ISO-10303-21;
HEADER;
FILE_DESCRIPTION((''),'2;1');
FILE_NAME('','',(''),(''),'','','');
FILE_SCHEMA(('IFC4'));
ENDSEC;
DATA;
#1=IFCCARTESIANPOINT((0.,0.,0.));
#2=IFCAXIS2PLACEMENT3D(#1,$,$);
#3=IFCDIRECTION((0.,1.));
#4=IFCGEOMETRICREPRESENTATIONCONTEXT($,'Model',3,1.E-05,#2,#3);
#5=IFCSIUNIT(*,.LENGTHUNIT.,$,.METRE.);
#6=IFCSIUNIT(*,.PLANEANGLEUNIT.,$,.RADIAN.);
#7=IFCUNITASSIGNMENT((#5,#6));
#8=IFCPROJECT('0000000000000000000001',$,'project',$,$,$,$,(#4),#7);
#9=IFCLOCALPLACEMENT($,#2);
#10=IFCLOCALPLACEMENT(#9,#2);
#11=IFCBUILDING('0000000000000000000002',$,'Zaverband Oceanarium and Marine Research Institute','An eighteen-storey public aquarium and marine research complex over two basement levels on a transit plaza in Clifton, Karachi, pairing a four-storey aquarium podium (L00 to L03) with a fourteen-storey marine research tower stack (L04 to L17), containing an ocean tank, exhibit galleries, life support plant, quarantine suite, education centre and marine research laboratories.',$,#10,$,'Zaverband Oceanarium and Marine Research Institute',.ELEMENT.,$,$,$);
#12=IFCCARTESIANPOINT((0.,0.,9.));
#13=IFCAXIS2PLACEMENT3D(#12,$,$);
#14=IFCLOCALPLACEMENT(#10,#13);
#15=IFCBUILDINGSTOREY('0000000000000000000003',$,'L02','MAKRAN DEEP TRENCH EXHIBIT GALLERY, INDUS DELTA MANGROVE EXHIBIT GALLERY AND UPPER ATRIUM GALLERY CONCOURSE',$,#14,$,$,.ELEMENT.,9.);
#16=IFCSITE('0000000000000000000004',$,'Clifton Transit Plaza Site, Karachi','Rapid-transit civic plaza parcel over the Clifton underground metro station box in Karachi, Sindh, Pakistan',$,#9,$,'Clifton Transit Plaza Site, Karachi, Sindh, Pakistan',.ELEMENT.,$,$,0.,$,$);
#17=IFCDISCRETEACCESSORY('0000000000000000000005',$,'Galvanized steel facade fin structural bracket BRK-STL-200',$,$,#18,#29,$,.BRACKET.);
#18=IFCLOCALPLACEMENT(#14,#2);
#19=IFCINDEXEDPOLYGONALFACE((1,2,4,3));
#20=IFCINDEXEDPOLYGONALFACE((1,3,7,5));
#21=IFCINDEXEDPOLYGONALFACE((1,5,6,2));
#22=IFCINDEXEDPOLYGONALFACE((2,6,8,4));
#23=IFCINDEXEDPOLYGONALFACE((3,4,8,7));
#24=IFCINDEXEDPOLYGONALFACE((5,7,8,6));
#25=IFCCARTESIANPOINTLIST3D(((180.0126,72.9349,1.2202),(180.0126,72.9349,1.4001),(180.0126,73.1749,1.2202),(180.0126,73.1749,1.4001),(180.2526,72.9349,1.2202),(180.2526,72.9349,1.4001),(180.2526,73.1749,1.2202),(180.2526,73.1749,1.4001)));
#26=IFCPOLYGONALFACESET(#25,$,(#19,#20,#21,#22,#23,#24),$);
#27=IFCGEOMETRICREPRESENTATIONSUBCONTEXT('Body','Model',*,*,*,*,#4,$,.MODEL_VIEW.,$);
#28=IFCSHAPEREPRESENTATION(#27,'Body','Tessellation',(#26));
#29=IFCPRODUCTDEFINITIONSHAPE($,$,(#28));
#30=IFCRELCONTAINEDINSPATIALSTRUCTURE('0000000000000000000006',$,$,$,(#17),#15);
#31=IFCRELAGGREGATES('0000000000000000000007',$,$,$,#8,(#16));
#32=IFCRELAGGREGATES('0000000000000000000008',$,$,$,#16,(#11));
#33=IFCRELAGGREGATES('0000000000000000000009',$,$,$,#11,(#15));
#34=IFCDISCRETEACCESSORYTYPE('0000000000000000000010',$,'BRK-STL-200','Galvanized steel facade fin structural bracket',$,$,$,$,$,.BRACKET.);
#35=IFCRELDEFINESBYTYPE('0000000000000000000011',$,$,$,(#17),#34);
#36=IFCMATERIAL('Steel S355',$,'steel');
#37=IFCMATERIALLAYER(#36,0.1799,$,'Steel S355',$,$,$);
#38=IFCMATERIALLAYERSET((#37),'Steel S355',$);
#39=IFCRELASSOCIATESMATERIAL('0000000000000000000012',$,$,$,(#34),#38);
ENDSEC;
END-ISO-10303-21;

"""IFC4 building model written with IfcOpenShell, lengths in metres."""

from ifc_helpers import new_model, si_unit, direction, frame, origin, origin_2d, place, context, subcontext, project, spatial, rectangle, extrude, material, layer, layer_set, type_object, element, save


model = new_model("IFC4")

# Units and contexts
model_context = context("Model", 3, precision=1e-05, world=origin(), true_north=direction((0.0, 1.0)))
body_context = subcontext(model_context, "Body", "Model", "MODEL_VIEW")
ifc_project = project(units=[si_unit("LENGTHUNIT", "METRE"), si_unit("PLANEANGLEUNIT", "RADIAN")], contexts=[model_context])

# Site, building, storey
site_placement = place(None, origin())
site = spatial("IfcSite", under=ifc_project, at=site_placement, Name="Clifton Transit Plaza Site, Karachi", Description="Rapid-transit civic plaza parcel over the Clifton underground metro station box in Karachi, Sindh, Pakistan", LongName="Clifton Transit Plaza Site, Karachi, Sindh, Pakistan", CompositionType="ELEMENT", RefElevation=0.0)
building_placement = place(site_placement, origin())
building = spatial("IfcBuilding", under=site, at=building_placement, Name="Zaverband Oceanarium and Marine Research Institute", Description="An eighteen-storey public aquarium and marine research complex over two basement levels on a transit plaza in Clifton, Karachi, pairing a four-storey aquarium podium (L00 to L03) with a fourteen-storey marine research tower stack (L04 to L17), containing an ocean tank, exhibit galleries, life support plant, quarantine suite, education centre and marine research laboratories.", LongName="Zaverband Oceanarium and Marine Research Institute", CompositionType="ELEMENT")
storey_placement = place(building_placement, frame((0.0, 0.0, 9.0)))
storey = spatial("IfcBuildingStorey", under=building, at=storey_placement, Name="L02", Description="MAKRAN DEEP TRENCH EXHIBIT GALLERY, INDUS DELTA MANGROVE EXHIBIT GALLERY AND UPPER ATRIUM GALLERY CONCOURSE", CompositionType="ELEMENT", Elevation=9.0)

# Discrete accessory
ifc_material_1 = material(Name="Steel S355", Category="steel")
ifc_layer_1 = layer(ifc_material_1, 0.1799, Name="Steel S355")
ifc_layer_set_1 = layer_set([ifc_layer_1], Name="Steel S355")
discrete_accessory_type = type_object("IfcDiscreteAccessoryType", Name="BRK-STL-200", Description="Galvanized steel facade fin structural bracket", PredefinedType="BRACKET", material=ifc_layer_set_1)
discrete_accessory_placement = place(storey_placement, frame((180.1326, 73.0549, 1.2202), z_axis=(0.0, 0.0, 1.0), x_axis=(1.0, 0.0, 0.0)))
element("IfcDiscreteAccessory", 1, at=discrete_accessory_placement, inside=storey, type_object=discrete_accessory_type, Name="Galvanized steel facade fin structural bracket BRK-STL-200", PredefinedType="BRACKET", context=body_context, shape_type="SweptSolid", body=[
    extrude(rectangle(XDim=0.24, YDim=0.24, at=origin_2d()), origin(), (0.0, 0.0, 1.0), 0.1799),
])

save(model, "model.ifc")
